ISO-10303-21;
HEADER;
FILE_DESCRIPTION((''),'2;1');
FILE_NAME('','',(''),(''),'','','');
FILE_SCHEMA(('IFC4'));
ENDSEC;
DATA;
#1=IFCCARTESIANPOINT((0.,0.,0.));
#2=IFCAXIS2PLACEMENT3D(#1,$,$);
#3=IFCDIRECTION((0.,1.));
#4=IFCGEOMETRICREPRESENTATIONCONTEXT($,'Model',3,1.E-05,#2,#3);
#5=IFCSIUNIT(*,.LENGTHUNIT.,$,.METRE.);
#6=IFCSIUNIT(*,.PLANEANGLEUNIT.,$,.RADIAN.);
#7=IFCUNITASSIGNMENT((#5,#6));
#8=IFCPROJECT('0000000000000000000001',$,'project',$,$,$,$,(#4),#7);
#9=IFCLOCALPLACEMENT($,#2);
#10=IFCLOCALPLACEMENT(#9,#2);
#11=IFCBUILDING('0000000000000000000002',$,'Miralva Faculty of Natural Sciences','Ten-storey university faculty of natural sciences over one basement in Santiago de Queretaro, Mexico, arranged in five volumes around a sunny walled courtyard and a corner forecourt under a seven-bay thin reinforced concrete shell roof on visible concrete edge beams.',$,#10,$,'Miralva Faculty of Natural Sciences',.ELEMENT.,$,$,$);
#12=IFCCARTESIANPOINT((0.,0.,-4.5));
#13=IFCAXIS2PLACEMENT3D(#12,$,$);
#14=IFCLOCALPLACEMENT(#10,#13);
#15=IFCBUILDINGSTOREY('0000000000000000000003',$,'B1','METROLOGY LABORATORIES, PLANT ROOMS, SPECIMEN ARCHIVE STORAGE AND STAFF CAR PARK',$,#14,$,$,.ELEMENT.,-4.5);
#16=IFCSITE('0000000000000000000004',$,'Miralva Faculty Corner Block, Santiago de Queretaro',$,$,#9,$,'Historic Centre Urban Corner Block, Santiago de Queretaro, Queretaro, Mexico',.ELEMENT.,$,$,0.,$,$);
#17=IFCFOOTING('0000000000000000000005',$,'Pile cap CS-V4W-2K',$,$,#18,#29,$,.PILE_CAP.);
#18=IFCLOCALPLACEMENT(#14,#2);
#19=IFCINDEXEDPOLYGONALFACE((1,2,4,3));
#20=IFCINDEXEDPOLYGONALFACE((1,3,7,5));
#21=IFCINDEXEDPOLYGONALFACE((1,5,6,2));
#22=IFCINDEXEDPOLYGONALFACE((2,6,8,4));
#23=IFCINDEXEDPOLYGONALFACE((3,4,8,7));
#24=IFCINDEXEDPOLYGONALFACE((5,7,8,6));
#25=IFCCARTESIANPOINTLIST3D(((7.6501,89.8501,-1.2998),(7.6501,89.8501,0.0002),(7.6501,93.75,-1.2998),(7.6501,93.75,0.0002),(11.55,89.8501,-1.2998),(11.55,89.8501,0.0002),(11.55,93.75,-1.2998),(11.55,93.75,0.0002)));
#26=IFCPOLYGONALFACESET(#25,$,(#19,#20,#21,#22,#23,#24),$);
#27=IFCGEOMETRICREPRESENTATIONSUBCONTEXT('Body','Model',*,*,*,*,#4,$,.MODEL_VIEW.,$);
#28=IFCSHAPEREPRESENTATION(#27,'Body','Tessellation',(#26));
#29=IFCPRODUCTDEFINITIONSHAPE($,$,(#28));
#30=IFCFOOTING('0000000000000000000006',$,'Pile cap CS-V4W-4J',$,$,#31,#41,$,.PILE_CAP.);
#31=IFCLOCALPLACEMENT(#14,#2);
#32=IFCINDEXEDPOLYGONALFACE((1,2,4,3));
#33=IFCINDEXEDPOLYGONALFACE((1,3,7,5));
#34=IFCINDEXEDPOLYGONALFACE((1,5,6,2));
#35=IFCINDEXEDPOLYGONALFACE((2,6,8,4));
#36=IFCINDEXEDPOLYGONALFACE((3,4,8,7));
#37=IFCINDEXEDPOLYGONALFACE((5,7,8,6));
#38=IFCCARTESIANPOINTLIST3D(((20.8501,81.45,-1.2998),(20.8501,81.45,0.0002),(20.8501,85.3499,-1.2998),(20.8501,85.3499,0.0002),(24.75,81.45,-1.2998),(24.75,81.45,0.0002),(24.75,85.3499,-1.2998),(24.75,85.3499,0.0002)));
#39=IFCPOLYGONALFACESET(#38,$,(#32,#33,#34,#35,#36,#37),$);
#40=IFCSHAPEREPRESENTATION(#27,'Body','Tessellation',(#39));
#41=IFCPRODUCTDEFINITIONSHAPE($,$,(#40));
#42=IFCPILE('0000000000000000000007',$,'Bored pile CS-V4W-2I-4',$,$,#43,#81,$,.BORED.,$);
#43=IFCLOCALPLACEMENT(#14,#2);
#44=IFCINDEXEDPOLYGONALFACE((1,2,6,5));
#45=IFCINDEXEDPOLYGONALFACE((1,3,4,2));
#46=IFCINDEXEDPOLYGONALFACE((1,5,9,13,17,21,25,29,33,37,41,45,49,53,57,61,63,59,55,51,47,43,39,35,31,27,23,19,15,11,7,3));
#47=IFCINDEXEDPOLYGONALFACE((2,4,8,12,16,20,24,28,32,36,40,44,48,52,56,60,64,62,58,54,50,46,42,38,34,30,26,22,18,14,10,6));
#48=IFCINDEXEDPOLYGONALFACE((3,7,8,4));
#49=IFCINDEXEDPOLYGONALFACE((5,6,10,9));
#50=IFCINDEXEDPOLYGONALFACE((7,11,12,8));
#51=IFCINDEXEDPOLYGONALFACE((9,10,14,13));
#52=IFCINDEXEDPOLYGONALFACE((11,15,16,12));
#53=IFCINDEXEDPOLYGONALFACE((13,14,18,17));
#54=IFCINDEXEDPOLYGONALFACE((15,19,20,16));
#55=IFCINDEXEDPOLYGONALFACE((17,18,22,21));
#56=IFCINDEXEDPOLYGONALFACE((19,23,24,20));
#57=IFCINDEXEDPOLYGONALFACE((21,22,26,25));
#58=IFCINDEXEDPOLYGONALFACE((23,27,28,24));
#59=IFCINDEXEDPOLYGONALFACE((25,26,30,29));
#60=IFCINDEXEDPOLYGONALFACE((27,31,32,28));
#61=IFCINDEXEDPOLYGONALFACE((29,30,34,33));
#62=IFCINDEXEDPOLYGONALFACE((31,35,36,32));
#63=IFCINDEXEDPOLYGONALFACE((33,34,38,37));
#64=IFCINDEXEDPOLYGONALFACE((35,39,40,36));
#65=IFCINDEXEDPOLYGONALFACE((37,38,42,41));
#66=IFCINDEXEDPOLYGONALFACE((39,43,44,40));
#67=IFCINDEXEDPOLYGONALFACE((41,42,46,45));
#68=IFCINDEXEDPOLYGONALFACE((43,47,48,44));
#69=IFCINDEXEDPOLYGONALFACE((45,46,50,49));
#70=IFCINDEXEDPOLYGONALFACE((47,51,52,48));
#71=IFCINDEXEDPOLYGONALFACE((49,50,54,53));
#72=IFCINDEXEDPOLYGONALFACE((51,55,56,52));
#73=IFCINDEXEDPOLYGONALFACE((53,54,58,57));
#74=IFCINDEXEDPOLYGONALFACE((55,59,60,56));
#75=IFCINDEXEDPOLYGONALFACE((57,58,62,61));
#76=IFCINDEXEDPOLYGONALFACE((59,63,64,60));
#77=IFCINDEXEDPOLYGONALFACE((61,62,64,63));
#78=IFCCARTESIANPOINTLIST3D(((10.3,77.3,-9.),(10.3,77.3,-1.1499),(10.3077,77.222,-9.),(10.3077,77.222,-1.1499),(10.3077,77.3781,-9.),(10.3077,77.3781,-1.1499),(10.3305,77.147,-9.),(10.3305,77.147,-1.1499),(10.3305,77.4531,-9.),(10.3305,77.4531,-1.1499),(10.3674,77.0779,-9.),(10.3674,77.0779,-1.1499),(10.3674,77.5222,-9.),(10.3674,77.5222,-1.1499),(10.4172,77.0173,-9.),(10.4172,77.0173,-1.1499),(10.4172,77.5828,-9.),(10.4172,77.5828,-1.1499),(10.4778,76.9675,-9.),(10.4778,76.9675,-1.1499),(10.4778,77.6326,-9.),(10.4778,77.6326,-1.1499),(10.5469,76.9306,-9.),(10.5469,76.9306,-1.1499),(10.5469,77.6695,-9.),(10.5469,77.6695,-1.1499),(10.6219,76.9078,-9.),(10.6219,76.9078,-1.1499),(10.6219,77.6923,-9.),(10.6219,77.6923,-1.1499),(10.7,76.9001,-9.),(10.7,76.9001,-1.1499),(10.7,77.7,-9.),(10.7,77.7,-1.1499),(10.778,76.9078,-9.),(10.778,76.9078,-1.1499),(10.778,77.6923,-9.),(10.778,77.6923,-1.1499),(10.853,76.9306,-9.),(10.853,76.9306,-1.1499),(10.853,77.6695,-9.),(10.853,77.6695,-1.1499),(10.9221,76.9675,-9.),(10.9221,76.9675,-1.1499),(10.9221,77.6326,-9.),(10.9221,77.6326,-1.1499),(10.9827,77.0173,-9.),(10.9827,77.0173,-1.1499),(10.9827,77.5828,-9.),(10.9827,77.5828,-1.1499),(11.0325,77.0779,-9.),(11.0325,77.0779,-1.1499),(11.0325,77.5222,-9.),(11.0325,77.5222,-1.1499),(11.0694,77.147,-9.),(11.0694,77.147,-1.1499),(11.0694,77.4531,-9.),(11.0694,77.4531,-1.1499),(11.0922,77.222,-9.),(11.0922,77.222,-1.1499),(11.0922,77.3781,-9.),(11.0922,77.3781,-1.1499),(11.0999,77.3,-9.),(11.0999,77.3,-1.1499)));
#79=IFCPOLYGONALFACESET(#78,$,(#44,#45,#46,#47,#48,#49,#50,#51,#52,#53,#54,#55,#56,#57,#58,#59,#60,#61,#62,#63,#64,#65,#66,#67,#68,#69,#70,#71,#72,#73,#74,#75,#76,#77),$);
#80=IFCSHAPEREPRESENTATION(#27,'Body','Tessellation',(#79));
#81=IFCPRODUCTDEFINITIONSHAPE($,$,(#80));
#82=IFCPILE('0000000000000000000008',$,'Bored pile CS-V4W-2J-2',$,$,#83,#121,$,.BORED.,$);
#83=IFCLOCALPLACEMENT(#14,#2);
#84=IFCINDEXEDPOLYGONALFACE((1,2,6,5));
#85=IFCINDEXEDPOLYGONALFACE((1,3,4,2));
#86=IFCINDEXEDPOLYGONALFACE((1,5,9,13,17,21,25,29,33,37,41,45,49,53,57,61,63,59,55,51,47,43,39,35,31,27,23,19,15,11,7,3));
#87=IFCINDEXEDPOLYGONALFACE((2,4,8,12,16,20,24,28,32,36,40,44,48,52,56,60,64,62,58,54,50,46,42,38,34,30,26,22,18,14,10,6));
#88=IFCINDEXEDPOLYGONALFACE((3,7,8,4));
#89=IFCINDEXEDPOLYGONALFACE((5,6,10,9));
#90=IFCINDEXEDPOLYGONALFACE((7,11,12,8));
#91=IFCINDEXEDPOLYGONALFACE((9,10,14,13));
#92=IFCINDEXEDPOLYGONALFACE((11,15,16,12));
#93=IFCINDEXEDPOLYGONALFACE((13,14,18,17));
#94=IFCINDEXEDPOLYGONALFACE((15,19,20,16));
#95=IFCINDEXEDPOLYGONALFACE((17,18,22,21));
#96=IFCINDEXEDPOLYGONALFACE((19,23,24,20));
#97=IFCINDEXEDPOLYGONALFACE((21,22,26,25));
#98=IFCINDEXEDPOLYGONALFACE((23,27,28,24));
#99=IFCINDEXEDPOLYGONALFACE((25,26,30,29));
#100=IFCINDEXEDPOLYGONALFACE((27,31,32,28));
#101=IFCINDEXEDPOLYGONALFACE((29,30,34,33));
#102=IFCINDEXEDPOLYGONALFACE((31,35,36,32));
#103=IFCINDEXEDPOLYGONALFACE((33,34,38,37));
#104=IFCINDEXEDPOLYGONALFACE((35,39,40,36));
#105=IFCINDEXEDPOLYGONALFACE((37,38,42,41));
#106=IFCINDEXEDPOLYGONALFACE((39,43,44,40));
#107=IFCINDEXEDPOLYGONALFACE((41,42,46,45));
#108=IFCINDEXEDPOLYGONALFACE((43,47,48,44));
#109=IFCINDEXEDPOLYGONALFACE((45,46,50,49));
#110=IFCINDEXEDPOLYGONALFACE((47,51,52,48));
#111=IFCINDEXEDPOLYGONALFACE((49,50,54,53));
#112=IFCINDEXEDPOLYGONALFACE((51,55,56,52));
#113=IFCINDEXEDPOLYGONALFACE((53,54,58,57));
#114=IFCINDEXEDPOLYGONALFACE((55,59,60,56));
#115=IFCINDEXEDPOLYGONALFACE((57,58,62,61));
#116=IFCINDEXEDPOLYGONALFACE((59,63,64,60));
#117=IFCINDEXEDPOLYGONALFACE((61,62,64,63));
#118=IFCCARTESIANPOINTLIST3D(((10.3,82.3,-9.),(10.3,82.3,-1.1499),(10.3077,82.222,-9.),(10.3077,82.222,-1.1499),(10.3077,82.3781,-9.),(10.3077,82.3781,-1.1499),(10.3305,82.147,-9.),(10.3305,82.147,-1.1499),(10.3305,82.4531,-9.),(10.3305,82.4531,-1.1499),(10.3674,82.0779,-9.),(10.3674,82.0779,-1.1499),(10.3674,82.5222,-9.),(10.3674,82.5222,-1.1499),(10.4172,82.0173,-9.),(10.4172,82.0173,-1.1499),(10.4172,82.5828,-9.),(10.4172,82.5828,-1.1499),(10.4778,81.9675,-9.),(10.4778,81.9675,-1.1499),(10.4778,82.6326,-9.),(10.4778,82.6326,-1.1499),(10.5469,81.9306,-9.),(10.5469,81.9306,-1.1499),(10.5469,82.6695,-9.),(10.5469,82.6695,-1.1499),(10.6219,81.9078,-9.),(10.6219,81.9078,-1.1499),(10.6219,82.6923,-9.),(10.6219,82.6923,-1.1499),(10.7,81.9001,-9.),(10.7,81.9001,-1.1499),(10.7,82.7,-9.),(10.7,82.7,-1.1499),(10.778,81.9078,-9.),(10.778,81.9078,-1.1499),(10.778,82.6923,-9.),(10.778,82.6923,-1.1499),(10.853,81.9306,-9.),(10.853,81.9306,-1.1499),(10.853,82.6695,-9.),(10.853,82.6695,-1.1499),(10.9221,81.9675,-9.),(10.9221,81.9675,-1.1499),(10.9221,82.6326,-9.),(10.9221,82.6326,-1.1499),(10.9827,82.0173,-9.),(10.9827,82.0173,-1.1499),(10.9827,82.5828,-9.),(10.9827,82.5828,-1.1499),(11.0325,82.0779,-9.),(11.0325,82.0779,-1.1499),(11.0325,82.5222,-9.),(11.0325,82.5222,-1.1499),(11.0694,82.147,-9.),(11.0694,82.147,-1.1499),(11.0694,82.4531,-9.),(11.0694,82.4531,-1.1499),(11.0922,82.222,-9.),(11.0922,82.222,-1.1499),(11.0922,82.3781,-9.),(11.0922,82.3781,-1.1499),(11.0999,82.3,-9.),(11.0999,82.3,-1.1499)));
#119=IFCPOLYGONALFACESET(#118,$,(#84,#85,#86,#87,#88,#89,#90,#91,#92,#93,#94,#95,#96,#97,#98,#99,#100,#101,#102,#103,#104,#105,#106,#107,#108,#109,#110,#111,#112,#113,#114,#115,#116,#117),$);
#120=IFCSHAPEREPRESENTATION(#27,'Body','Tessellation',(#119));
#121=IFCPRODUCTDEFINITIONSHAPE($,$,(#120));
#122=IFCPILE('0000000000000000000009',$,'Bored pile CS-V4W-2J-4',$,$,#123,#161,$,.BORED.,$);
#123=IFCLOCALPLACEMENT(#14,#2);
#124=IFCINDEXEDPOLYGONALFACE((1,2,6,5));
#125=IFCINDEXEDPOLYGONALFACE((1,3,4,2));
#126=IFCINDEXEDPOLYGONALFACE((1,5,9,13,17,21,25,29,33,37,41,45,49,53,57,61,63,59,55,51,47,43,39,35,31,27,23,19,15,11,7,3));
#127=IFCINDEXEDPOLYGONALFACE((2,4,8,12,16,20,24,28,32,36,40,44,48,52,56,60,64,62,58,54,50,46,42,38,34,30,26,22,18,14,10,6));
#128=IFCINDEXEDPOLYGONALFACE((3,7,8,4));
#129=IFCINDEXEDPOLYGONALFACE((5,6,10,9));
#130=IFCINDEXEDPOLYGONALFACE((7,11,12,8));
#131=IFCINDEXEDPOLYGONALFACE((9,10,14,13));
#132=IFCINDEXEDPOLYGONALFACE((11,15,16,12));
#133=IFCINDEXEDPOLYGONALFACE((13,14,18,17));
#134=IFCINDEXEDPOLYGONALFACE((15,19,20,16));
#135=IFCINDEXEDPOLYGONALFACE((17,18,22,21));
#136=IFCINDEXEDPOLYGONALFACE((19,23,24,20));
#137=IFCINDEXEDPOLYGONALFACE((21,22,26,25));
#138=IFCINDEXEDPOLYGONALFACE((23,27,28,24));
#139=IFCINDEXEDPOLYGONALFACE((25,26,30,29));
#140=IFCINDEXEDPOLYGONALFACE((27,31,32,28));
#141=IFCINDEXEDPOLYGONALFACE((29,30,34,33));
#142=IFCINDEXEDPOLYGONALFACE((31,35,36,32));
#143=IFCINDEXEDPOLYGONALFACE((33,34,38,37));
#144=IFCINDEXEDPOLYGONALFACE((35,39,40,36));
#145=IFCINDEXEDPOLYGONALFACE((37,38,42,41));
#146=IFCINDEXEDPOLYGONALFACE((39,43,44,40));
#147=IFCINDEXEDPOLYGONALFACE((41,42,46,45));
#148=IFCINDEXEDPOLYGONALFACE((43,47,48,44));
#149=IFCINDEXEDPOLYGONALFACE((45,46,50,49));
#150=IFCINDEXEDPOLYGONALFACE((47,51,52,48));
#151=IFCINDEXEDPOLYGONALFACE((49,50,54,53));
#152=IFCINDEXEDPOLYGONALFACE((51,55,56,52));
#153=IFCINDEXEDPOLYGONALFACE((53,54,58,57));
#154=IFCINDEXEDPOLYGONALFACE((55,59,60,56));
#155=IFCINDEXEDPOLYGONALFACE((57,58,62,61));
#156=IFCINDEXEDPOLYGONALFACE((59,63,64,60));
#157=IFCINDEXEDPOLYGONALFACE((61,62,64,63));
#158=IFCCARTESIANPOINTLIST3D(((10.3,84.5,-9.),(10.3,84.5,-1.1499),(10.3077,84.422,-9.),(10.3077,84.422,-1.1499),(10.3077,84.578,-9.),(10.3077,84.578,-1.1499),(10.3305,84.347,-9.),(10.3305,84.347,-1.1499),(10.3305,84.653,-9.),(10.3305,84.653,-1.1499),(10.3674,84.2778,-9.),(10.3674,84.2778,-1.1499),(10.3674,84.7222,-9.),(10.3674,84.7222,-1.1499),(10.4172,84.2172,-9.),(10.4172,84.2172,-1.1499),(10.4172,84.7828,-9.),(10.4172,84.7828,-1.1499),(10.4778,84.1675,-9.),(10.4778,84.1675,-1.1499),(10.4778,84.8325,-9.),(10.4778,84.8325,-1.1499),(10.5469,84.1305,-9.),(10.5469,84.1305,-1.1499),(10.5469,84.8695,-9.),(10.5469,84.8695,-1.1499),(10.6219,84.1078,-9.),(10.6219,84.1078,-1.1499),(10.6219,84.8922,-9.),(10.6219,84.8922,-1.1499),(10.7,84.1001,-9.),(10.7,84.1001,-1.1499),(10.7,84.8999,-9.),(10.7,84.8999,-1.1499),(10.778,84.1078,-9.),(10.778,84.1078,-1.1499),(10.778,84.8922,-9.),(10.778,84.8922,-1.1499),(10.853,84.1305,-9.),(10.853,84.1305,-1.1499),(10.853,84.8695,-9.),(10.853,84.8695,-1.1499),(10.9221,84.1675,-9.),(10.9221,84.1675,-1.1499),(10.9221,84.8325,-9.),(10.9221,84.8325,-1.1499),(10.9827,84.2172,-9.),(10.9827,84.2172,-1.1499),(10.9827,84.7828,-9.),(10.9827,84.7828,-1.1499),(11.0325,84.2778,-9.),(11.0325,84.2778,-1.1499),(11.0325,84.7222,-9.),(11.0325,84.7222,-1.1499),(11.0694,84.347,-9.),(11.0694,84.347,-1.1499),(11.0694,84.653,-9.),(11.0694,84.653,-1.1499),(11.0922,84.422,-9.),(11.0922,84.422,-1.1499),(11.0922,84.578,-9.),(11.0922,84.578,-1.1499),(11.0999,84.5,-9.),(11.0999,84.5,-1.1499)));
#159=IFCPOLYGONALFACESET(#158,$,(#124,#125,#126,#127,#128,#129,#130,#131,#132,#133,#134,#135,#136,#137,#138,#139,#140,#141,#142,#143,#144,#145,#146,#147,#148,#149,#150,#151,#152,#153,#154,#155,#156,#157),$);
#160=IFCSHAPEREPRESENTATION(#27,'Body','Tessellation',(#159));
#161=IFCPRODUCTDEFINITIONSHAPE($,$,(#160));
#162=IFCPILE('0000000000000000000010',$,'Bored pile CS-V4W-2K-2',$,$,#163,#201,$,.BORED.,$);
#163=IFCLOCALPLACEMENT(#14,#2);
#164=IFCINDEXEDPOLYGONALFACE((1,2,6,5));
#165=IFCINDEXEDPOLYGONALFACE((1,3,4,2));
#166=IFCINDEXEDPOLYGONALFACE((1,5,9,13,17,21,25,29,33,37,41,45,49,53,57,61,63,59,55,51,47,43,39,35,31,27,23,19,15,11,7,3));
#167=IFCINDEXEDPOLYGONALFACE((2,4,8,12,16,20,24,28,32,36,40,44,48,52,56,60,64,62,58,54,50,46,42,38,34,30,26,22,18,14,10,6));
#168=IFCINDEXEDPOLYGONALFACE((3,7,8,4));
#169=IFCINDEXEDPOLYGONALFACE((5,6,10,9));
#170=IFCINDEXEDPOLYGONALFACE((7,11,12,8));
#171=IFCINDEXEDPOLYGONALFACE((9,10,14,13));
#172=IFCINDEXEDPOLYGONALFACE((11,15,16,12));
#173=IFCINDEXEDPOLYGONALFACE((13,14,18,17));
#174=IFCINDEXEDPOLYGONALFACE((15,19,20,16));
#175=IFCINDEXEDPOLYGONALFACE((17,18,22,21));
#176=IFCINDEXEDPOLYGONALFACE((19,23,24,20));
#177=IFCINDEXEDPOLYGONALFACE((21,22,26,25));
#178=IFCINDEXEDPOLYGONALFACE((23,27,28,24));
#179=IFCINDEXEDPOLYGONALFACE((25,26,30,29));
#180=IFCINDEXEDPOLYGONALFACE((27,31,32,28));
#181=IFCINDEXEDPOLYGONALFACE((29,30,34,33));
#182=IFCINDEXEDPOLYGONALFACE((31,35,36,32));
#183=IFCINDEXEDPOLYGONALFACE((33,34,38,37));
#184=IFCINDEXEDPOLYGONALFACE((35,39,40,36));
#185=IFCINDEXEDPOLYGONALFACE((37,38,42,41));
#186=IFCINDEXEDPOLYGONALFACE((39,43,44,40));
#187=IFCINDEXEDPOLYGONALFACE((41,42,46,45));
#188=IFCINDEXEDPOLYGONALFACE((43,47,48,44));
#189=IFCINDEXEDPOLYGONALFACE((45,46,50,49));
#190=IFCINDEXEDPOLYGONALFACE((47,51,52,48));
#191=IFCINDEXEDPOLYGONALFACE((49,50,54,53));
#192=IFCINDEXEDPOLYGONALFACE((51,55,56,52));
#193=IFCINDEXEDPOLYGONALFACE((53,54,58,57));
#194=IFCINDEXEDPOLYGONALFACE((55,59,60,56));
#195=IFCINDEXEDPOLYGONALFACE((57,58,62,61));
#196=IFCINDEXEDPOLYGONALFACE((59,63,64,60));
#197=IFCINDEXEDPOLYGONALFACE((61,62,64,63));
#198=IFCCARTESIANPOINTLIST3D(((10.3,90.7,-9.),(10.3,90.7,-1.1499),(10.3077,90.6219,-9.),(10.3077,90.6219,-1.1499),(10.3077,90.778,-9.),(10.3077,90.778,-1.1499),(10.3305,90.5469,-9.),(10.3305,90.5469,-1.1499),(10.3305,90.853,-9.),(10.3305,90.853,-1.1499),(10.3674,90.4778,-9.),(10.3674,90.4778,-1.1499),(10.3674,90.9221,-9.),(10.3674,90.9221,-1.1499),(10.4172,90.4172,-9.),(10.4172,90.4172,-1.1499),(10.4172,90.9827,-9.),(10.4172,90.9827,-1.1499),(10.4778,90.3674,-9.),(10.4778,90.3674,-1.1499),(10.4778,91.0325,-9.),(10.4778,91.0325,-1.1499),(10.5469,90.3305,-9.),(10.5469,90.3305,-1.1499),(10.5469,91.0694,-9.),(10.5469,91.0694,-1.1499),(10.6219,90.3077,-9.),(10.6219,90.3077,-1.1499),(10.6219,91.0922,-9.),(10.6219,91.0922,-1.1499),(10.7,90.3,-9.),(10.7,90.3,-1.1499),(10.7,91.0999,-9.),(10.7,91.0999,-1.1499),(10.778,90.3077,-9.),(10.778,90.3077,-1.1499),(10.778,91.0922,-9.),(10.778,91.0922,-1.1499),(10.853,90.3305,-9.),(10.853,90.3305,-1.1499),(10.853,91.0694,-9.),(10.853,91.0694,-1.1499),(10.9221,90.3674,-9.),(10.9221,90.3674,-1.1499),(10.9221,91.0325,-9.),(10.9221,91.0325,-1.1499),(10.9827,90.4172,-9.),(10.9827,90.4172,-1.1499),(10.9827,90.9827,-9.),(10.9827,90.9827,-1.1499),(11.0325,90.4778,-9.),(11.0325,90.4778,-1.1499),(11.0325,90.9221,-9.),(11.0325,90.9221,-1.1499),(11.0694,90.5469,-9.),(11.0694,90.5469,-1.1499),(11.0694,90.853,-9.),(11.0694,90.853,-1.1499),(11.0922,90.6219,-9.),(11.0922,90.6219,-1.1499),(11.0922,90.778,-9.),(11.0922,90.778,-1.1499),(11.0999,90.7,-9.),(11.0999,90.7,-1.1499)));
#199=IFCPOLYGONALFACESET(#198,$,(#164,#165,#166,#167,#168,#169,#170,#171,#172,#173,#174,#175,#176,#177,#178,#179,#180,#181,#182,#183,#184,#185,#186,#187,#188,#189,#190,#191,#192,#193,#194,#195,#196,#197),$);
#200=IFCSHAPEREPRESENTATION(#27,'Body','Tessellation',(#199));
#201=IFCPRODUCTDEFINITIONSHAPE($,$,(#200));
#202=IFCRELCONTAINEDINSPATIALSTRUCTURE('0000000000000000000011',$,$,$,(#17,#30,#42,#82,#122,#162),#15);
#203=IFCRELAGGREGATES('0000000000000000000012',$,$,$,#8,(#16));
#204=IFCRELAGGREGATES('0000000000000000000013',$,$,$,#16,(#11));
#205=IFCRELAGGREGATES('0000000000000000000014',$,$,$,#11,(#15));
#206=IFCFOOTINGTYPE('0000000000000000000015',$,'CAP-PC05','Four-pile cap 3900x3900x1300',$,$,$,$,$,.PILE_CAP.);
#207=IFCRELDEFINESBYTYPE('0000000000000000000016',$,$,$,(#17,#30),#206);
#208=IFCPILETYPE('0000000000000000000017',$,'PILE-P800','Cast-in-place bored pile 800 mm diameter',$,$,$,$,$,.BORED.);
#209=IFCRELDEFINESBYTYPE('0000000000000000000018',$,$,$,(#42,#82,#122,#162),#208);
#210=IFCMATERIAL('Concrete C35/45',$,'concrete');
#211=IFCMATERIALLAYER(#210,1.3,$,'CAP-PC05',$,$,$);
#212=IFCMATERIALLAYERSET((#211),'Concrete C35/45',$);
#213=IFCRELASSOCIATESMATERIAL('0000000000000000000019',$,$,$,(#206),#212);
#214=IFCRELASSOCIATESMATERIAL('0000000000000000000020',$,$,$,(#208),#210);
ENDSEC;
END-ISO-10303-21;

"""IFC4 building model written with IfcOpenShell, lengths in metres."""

from ifc_helpers import new_model, si_unit, direction, frame, origin, origin_2d, place, context, subcontext, project, spatial, rectangle, circle, extrude, material, layer, layer_set, material_profile, profile_set, type_object, element, save


model = new_model("IFC4")

# Units and contexts
model_context = context("Model", 3, precision=1e-05, world=origin(), true_north=direction((0.0, 1.0)))
body_context = subcontext(model_context, "Body", "Model", "MODEL_VIEW")
ifc_project = project(units=[si_unit("LENGTHUNIT", "METRE"), si_unit("PLANEANGLEUNIT", "RADIAN")], contexts=[model_context])

# Site, building, storey
site_placement = place(None, origin())
site = spatial("IfcSite", under=ifc_project, at=site_placement, Name="Miralva Faculty Corner Block, Santiago de Queretaro", LongName="Historic Centre Urban Corner Block, Santiago de Queretaro, Queretaro, Mexico", CompositionType="ELEMENT", RefElevation=0.0)
building_placement = place(site_placement, origin())
building = spatial("IfcBuilding", under=site, at=building_placement, Name="Miralva Faculty of Natural Sciences", Description="Ten-storey university faculty of natural sciences over one basement in Santiago de Queretaro, Mexico, arranged in five volumes around a sunny walled courtyard and a corner forecourt under a seven-bay thin reinforced concrete shell roof on visible concrete edge beams.", LongName="Miralva Faculty of Natural Sciences", CompositionType="ELEMENT")
storey_placement = place(building_placement, frame((0.0, 0.0, -4.5)))
storey = spatial("IfcBuildingStorey", under=building, at=storey_placement, Name="B1", Description="METROLOGY LABORATORIES, PLANT ROOMS, SPECIMEN ARCHIVE STORAGE AND STAFF CAR PARK", CompositionType="ELEMENT", Elevation=-4.5)

# Footings
ifc_material_1 = material(Name="Concrete C35/45", Category="concrete")
ifc_layer = layer(ifc_material_1, 1.3, Name="CAP-PC05")
ifc_layer_set = layer_set([ifc_layer], Name="Concrete C35/45")
footing_type_1 = type_object("IfcFootingType", Name="CAP-PC05", Description="Four-pile cap 3900x3900x1300", PredefinedType="PILE_CAP", material=ifc_layer_set)
for number, where, z_axis, x_axis, name in (
    (1, (9.6001, 91.8, -1.2998), (0.0, 0.0, 1.0), (1.0, 0.0, 0.0), "Pile cap CS-V4W-2K"),
    (2, (22.8, 83.3999, -1.2998), (0.0, 0.0, 1.0), (1.0, 0.0, 0.0), "Pile cap CS-V4W-4J"),
):
    element("IfcFooting", number, at=place(storey_placement, frame(where, z_axis=z_axis, x_axis=x_axis)), inside=storey, type_object=footing_type_1, Name=name, PredefinedType="PILE_CAP", context=body_context, shape_type="SweptSolid", body=[
        extrude(rectangle(XDim=3.8999, YDim=3.8999, at=origin_2d()), origin(), (0.0, 0.0, 1.0), 1.3),
    ])

# Piles
ifc_material_profile_1 = material_profile(ifc_material_1, circle(Radius=0.3999, at=origin_2d()), Name="BORED PILE 800")
ifc_profile_set_1 = profile_set([ifc_material_profile_1], Name="Concrete C35/45")
pile_type = type_object("IfcPileType", Name="PILE-P800", Description="Cast-in-place bored pile 800 mm diameter", PredefinedType="BORED", material=ifc_profile_set_1)
for number, where, z_axis, x_axis, name in (
    (3, (10.7, 77.3, -1.1499), (0.0, 0.0, -1.0), (1.0, 0.0, 0.0), "Bored pile CS-V4W-2I-4"),
    (4, (10.7, 82.3, -1.1499), (0.0, 0.0, -1.0), (1.0, 0.0, 0.0), "Bored pile CS-V4W-2J-2"),
    (5, (10.7, 84.5, -1.1499), (0.0, 0.0, -1.0), (1.0, 0.0, 0.0), "Bored pile CS-V4W-2J-4"),
    (6, (10.7, 90.7, -1.1499), (0.0, 0.0, -1.0), (1.0, 0.0, 0.0), "Bored pile CS-V4W-2K-2"),
):
    element("IfcPile", number, at=place(storey_placement, frame(where, z_axis=z_axis, x_axis=x_axis)), inside=storey, type_object=pile_type, Name=name, PredefinedType="BORED", context=body_context, shape_type="SweptSolid", body=[
        extrude(circle(Radius=0.3999, at=origin_2d()), origin(), (0.0, 0.0, 1.0), 7.8501),
    ])

save(model, "model.ifc")
